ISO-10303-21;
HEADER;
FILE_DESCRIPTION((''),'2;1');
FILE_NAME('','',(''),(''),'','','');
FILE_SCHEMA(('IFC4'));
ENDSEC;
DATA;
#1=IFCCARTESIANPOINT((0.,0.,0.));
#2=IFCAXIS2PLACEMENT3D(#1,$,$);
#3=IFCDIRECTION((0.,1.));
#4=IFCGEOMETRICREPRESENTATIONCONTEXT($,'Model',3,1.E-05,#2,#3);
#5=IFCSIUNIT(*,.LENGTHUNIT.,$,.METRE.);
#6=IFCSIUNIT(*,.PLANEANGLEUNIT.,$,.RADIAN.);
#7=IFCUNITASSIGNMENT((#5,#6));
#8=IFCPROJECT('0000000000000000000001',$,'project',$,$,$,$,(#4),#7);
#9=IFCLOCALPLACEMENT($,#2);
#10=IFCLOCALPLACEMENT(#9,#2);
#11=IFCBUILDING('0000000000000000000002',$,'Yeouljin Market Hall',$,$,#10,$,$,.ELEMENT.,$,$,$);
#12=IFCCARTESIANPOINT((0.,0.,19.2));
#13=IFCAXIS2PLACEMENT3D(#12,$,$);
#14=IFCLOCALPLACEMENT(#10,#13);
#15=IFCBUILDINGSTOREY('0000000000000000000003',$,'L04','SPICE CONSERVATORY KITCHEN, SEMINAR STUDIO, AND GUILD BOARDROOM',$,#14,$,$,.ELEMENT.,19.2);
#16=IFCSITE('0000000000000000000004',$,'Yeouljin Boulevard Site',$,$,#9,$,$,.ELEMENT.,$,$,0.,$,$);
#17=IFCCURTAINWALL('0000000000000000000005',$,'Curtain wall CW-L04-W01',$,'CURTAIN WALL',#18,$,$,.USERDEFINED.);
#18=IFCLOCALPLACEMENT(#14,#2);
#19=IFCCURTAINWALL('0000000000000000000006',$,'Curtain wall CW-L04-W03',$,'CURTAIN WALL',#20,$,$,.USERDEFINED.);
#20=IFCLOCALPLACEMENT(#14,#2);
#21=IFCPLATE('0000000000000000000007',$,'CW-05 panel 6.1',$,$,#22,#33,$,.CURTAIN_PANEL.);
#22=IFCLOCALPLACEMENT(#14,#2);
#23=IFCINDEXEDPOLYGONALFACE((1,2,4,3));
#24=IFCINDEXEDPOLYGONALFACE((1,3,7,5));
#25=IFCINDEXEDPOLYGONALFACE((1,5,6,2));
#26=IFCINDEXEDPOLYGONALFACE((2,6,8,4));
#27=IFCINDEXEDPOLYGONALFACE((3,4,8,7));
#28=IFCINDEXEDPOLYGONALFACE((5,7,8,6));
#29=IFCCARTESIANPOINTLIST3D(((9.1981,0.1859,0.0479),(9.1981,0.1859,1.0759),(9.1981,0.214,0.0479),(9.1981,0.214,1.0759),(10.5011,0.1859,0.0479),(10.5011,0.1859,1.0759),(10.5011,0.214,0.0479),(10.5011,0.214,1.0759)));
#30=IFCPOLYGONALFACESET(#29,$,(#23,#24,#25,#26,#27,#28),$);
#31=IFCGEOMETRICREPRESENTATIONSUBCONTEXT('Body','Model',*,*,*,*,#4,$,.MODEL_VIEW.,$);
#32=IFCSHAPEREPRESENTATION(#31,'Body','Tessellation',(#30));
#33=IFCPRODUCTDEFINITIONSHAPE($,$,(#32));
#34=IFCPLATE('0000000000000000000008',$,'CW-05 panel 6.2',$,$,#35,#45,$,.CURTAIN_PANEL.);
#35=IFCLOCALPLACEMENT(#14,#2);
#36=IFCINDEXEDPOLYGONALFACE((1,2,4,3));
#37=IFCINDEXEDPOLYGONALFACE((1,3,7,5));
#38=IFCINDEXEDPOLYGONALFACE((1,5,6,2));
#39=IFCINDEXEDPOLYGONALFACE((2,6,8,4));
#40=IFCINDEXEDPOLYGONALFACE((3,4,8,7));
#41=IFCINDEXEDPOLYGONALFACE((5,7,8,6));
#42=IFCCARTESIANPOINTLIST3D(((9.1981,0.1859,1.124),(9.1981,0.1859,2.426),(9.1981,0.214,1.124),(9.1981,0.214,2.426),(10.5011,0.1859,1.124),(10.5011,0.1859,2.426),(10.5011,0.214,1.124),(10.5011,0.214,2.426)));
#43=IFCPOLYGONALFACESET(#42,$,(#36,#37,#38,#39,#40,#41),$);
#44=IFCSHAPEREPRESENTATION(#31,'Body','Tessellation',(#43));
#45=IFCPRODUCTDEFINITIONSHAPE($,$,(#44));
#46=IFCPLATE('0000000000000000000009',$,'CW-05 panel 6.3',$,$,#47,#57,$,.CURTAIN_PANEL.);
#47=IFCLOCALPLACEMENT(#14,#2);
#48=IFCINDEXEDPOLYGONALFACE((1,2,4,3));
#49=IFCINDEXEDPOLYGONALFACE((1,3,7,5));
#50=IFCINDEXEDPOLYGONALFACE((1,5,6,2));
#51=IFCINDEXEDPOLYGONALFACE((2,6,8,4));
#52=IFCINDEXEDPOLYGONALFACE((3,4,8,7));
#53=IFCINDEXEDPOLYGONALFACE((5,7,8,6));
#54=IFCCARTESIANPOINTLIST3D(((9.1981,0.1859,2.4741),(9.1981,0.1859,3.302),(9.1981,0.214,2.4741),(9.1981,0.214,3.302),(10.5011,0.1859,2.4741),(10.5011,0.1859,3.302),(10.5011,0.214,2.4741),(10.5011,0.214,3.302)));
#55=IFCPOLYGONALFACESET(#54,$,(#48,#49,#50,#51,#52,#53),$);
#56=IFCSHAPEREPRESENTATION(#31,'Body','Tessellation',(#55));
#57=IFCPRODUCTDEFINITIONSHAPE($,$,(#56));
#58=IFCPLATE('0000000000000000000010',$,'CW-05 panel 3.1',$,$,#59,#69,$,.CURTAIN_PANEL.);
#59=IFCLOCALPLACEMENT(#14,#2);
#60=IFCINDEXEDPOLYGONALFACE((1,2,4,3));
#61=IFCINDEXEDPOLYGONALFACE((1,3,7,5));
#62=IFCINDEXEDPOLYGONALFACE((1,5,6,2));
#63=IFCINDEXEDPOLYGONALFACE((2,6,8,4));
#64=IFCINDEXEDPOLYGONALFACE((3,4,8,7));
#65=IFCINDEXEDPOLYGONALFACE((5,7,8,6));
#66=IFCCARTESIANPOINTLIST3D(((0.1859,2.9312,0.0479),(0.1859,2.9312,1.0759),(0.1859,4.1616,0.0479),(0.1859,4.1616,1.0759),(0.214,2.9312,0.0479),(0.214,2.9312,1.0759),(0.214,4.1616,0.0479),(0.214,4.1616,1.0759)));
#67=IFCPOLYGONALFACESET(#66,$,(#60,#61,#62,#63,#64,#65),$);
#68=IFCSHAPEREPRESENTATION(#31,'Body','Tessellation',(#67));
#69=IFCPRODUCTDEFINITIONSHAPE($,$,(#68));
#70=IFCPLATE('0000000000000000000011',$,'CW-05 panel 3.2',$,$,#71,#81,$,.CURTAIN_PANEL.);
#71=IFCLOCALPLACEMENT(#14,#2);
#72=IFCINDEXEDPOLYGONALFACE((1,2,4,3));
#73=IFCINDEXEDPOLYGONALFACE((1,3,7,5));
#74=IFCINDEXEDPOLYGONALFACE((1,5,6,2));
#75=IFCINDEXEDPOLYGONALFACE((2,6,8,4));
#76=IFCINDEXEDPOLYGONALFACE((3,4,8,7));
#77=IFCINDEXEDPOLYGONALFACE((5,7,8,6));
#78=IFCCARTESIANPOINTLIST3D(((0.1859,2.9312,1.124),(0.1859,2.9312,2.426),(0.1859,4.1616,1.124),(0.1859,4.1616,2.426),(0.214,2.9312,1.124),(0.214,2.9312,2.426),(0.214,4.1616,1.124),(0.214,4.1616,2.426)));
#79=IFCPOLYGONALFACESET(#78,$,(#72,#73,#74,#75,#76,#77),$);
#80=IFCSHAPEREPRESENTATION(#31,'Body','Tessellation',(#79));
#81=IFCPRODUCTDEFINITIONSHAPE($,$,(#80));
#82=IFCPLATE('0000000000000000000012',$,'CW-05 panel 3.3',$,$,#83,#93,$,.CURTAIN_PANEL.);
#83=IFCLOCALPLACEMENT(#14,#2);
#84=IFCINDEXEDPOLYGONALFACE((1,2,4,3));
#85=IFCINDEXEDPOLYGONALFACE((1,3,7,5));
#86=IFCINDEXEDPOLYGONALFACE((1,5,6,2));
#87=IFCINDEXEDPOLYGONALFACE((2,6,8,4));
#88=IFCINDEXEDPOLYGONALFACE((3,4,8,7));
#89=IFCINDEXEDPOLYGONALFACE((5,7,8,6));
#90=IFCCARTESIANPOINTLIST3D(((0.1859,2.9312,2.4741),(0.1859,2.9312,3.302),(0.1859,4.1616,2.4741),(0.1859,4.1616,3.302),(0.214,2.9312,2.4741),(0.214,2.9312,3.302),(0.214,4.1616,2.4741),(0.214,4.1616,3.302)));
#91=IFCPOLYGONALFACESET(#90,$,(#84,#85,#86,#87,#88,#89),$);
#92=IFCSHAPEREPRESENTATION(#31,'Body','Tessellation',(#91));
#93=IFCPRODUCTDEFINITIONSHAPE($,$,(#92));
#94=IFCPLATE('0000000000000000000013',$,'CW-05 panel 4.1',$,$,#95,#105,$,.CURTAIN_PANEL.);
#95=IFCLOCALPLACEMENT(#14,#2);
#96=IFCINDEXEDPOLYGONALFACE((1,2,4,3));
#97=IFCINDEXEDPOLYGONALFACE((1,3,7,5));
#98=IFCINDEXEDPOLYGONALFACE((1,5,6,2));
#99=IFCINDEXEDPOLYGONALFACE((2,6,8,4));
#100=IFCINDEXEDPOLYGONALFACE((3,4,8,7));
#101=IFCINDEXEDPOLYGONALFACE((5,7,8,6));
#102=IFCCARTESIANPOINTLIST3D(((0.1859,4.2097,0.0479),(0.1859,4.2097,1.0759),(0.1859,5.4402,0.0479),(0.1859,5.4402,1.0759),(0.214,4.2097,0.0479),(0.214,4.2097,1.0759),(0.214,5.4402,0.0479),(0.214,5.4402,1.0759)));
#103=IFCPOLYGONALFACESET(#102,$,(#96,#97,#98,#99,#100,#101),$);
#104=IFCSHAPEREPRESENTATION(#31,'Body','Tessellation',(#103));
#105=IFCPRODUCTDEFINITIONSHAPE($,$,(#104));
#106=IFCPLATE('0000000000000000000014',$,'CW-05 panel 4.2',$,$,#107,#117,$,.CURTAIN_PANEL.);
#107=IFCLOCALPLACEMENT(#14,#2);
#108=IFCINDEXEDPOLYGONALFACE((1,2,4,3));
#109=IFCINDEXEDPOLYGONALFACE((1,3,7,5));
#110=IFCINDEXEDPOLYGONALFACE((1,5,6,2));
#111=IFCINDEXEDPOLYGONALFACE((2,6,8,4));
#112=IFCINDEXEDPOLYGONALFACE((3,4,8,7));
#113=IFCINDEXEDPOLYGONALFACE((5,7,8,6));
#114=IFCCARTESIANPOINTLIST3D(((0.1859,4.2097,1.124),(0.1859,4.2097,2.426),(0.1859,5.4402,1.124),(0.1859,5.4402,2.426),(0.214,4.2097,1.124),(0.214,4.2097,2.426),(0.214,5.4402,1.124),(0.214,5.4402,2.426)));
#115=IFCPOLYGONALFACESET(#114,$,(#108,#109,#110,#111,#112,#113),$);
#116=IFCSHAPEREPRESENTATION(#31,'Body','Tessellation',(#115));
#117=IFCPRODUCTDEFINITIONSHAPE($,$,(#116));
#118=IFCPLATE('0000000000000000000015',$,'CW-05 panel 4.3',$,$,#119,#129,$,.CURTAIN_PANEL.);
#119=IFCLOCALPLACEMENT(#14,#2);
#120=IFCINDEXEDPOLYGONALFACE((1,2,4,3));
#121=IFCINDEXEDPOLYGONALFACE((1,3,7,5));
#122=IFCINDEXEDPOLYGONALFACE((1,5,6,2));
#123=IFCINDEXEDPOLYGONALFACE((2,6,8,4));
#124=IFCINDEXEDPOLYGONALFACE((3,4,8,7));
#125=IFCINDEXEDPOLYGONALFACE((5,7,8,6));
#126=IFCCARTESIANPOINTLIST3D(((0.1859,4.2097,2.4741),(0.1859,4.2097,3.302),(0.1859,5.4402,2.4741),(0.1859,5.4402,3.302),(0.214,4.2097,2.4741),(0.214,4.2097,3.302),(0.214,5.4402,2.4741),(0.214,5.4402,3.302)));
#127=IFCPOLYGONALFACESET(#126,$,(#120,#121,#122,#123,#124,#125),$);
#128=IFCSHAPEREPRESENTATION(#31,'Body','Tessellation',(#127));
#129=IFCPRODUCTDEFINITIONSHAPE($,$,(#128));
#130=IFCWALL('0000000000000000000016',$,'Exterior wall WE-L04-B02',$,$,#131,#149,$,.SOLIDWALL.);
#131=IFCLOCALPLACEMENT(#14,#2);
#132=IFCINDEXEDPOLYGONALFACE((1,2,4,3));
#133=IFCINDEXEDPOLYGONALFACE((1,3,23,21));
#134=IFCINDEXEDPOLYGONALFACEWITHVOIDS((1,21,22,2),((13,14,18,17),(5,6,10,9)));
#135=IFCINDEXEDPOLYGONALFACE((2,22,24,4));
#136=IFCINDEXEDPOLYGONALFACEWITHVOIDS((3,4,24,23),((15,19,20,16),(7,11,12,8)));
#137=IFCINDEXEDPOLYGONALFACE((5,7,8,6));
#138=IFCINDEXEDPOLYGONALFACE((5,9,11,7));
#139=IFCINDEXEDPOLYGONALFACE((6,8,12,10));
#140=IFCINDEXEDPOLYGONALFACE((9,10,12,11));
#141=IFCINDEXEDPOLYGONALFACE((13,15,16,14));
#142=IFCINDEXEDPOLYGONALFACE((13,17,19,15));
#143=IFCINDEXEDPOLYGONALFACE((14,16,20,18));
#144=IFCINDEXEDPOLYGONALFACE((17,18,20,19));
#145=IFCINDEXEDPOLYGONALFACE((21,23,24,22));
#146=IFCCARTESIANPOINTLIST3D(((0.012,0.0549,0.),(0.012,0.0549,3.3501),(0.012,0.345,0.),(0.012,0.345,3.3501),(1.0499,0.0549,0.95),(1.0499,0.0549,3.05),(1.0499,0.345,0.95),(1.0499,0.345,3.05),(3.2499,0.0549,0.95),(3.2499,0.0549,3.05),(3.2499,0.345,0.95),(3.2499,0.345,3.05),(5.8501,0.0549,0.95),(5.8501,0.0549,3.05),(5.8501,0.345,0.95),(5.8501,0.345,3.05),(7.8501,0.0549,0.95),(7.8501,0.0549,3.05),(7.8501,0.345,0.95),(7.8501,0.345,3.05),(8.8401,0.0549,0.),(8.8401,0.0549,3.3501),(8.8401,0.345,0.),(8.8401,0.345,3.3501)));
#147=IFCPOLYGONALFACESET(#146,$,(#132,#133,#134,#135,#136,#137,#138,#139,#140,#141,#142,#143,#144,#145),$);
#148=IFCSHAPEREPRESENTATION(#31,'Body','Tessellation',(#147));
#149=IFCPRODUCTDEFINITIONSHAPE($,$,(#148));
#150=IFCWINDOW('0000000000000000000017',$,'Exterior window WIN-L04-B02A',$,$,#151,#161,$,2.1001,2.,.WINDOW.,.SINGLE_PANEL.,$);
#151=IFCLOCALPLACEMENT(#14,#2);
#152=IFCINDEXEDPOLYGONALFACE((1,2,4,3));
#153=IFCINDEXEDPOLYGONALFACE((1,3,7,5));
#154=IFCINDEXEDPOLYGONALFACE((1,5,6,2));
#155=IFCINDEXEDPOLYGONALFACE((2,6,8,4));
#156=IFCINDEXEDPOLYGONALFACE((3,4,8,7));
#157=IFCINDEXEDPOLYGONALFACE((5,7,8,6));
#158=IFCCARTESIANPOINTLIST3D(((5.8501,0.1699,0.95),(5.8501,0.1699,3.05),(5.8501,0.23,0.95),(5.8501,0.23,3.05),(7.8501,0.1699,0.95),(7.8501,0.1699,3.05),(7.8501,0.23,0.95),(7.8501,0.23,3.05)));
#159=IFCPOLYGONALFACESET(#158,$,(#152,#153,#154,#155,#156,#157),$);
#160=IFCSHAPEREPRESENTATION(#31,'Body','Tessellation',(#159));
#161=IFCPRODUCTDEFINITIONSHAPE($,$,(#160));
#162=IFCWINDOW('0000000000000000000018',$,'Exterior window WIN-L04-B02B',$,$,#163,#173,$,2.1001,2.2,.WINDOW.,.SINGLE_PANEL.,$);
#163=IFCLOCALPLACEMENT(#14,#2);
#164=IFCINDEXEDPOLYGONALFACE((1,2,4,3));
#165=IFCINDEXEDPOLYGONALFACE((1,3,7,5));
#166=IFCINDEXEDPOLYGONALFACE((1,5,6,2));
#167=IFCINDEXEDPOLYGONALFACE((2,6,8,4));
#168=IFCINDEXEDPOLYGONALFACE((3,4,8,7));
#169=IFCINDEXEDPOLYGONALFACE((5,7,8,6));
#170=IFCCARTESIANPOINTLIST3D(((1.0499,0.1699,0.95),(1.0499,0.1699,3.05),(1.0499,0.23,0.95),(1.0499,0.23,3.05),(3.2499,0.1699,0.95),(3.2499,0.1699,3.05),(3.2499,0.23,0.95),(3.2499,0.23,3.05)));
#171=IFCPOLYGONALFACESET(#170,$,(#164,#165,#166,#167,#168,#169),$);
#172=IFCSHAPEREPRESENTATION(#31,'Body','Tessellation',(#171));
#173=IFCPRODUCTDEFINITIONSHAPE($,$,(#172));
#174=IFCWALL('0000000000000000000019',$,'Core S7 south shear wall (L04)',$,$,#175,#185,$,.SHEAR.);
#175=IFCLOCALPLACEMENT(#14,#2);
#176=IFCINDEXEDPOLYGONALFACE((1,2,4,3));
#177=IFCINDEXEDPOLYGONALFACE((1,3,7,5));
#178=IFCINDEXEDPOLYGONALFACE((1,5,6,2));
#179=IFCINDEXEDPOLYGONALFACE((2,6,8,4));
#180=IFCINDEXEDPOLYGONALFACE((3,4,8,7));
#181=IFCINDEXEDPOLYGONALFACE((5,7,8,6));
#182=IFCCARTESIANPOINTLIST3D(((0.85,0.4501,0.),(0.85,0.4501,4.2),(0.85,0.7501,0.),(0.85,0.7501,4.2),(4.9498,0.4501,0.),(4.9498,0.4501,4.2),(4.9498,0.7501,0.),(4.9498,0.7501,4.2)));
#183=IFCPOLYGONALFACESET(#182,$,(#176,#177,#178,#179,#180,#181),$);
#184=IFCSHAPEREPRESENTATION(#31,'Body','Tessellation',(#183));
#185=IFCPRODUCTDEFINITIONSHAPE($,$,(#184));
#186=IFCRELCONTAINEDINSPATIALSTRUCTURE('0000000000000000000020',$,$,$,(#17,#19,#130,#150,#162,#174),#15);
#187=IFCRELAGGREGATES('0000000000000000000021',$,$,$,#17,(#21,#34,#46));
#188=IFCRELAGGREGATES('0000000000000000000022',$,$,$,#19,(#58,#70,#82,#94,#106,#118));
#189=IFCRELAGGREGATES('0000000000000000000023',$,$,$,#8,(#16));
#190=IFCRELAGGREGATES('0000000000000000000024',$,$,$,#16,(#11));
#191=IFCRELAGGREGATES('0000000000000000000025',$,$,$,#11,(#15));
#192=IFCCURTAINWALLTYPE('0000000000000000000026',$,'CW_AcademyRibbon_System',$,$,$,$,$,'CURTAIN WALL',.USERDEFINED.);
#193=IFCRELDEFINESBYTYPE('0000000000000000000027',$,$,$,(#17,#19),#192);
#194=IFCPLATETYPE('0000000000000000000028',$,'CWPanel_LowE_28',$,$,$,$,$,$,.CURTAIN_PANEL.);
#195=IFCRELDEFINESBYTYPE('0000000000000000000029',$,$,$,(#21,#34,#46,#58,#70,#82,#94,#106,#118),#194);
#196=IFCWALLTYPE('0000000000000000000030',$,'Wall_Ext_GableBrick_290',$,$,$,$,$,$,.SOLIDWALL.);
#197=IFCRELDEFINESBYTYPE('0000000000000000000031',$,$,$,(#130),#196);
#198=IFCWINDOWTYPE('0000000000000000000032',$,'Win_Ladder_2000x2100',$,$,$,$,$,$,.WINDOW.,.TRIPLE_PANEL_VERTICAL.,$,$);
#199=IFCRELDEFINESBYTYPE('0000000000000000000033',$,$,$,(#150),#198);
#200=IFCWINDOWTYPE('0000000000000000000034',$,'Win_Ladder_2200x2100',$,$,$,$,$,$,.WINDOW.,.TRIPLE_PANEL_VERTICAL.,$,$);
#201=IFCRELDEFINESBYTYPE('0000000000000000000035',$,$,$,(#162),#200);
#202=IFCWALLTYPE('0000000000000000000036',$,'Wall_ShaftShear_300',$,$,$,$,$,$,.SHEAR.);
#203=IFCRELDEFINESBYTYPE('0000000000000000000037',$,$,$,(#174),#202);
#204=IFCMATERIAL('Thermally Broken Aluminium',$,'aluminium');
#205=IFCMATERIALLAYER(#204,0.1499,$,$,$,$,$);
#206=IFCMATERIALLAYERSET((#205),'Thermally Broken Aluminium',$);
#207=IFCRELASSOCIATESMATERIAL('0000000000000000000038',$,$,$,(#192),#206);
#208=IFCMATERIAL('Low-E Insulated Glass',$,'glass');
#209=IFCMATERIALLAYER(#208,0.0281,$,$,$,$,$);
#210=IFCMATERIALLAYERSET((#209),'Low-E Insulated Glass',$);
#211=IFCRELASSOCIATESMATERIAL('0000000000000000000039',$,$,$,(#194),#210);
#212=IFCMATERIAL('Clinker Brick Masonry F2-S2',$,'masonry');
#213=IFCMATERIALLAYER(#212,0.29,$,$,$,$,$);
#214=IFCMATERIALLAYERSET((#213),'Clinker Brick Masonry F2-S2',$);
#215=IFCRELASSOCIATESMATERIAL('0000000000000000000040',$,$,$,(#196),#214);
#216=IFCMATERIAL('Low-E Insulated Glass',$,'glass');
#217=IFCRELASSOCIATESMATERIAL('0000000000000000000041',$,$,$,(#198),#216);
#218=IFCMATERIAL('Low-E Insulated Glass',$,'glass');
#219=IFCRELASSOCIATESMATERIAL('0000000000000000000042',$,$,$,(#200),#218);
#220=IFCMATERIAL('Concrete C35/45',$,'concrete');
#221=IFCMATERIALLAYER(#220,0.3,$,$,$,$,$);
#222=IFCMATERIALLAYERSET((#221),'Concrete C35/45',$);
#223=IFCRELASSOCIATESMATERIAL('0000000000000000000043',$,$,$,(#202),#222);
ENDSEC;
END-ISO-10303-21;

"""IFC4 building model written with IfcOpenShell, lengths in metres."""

from ifc_helpers import new_model, si_unit, direction, frame, frame_2d, origin, origin_2d, place, context, subcontext, project, spatial, rectangle, extrude, material, layer, layer_set, type_object, element, fill, aggregate, save


model = new_model("IFC4")

# Units and contexts
model_context = context("Model", 3, precision=1e-05, world=origin(), true_north=direction((0.0, 1.0)))
body_context = subcontext(model_context, "Body", "Model", "MODEL_VIEW")
ifc_project = project(units=[si_unit("LENGTHUNIT", "METRE"), si_unit("PLANEANGLEUNIT", "RADIAN")], contexts=[model_context])

# Site, building, storey
site_placement = place(None, origin())
site = spatial("IfcSite", under=ifc_project, at=site_placement, Name="Yeouljin Boulevard Site", CompositionType="ELEMENT", RefElevation=0.0)
building_placement = place(site_placement, origin())
building = spatial("IfcBuilding", under=site, at=building_placement, Name="Yeouljin Market Hall", CompositionType="ELEMENT")
storey_placement = place(building_placement, frame((0.0, 0.0, 19.2)))
storey = spatial("IfcBuildingStorey", under=building, at=storey_placement, Name="L04", Description="SPICE CONSERVATORY KITCHEN, SEMINAR STUDIO, AND GUILD BOARDROOM", CompositionType="ELEMENT", Elevation=19.2)

# Curtain walls
ifc_material_1 = material(Name="Thermally Broken Aluminium", Category="aluminium")
ifc_layer_1 = layer(ifc_material_1, 0.1499)
ifc_layer_set_1 = layer_set([ifc_layer_1], Name="Thermally Broken Aluminium")
curtain_wall_type = type_object("IfcCurtainWallType", Name="CW_AcademyRibbon_System", ElementType="CURTAIN WALL", PredefinedType="USERDEFINED", material=ifc_layer_set_1)
curtain_wall_1_placement = place(storey_placement, origin())
curtain_wall_1 = element("IfcCurtainWall", 1, at=curtain_wall_1_placement, inside=storey, type_object=curtain_wall_type, Name="Curtain wall CW-L04-W01", ObjectType="CURTAIN WALL", PredefinedType="USERDEFINED")
curtain_wall_2_placement = place(storey_placement, origin())
curtain_wall_2 = element("IfcCurtainWall", 2, at=curtain_wall_2_placement, inside=storey, type_object=curtain_wall_type, Name="Curtain wall CW-L04-W03", ObjectType="CURTAIN WALL", PredefinedType="USERDEFINED")

# Plates
ifc_material_2 = material(Name="Low-E Insulated Glass", Category="glass")
ifc_layer_2 = layer(ifc_material_2, 0.0281)
ifc_layer_set_2 = layer_set([ifc_layer_2], Name="Low-E Insulated Glass")
plate_type = type_object("IfcPlateType", Name="CWPanel_LowE_28", PredefinedType="CURTAIN_PANEL", material=ifc_layer_set_2)
plate_1_placement = place(storey_placement, frame((9.8496, 0.2, 0.0479), z_axis=(0.0, 0.0, 1.0), x_axis=(-1.0, 0.0, 0.0)))
plate_1 = element("IfcPlate", 3, at=plate_1_placement, type_object=plate_type, Name="CW-05 panel 6.1", PredefinedType="CURTAIN_PANEL", context=body_context, shape_type="SweptSolid", body=[
    extrude(rectangle(XDim=1.303, YDim=0.0281, at=origin_2d()), origin(), (0.0, 0.0, 1.0), 1.0281),
])
plate_2_placement = place(storey_placement, frame((9.8496, 0.2, 1.124), z_axis=(0.0, 0.0, 1.0), x_axis=(-1.0, 0.0, 0.0)))
plate_2 = element("IfcPlate", 4, at=plate_2_placement, type_object=plate_type, Name="CW-05 panel 6.2", PredefinedType="CURTAIN_PANEL", context=body_context, shape_type="SweptSolid", body=[
    extrude(rectangle(XDim=1.303, YDim=0.0281, at=origin_2d()), origin(), (0.0, 0.0, 1.0), 1.302),
])
plate_3_placement = place(storey_placement, frame((9.8496, 0.2, 2.4741), z_axis=(0.0, 0.0, 1.0), x_axis=(-1.0, 0.0, 0.0)))
plate_3 = element("IfcPlate", 5, at=plate_3_placement, type_object=plate_type, Name="CW-05 panel 6.3", PredefinedType="CURTAIN_PANEL", context=body_context, shape_type="SweptSolid", body=[
    extrude(rectangle(XDim=1.303, YDim=0.0281, at=origin_2d()), origin(), (0.0, 0.0, 1.0), 0.8279),
])
aggregate(curtain_wall_1, [plate_1, plate_2, plate_3])
plate_4_placement = place(storey_placement, frame((0.2, 3.5464, 0.0479), z_axis=(0.0, 0.0, 1.0), x_axis=(0.0, 1.0, 0.0)))
plate_4 = element("IfcPlate", 6, at=plate_4_placement, type_object=plate_type, Name="CW-05 panel 3.1", PredefinedType="CURTAIN_PANEL", context=body_context, shape_type="SweptSolid", body=[
    extrude(rectangle(XDim=1.2305, YDim=0.0281, at=origin_2d()), origin(), (0.0, 0.0, 1.0), 1.0281),
])
plate_5_placement = place(storey_placement, frame((0.2, 3.5464, 1.124), z_axis=(0.0, 0.0, 1.0), x_axis=(0.0, 1.0, 0.0)))
plate_5 = element("IfcPlate", 7, at=plate_5_placement, type_object=plate_type, Name="CW-05 panel 3.2", PredefinedType="CURTAIN_PANEL", context=body_context, shape_type="SweptSolid", body=[
    extrude(rectangle(XDim=1.2305, YDim=0.0281, at=origin_2d()), origin(), (0.0, 0.0, 1.0), 1.302),
])
plate_6_placement = place(storey_placement, frame((0.2, 3.5464, 2.4741), z_axis=(0.0, 0.0, 1.0), x_axis=(0.0, 1.0, 0.0)))
plate_6 = element("IfcPlate", 8, at=plate_6_placement, type_object=plate_type, Name="CW-05 panel 3.3", PredefinedType="CURTAIN_PANEL", context=body_context, shape_type="SweptSolid", body=[
    extrude(rectangle(XDim=1.2305, YDim=0.0281, at=origin_2d()), origin(), (0.0, 0.0, 1.0), 0.8279),
])
plate_7_placement = place(storey_placement, frame((0.2, 4.825, 0.0479), z_axis=(0.0, 0.0, 1.0), x_axis=(0.0, 1.0, 0.0)))
plate_7 = element("IfcPlate", 9, at=plate_7_placement, type_object=plate_type, Name="CW-05 panel 4.1", PredefinedType="CURTAIN_PANEL", context=body_context, shape_type="SweptSolid", body=[
    extrude(rectangle(XDim=1.2305, YDim=0.0281, at=origin_2d()), origin(), (0.0, 0.0, 1.0), 1.0281),
])
plate_8_placement = place(storey_placement, frame((0.2, 4.825, 1.124), z_axis=(0.0, 0.0, 1.0), x_axis=(0.0, 1.0, 0.0)))
plate_8 = element("IfcPlate", 10, at=plate_8_placement, type_object=plate_type, Name="CW-05 panel 4.2", PredefinedType="CURTAIN_PANEL", context=body_context, shape_type="SweptSolid", body=[
    extrude(rectangle(XDim=1.2305, YDim=0.0281, at=origin_2d()), origin(), (0.0, 0.0, 1.0), 1.302),
])
plate_9_placement = place(storey_placement, frame((0.2, 4.825, 2.4741), z_axis=(0.0, 0.0, 1.0), x_axis=(0.0, 1.0, 0.0)))
plate_9 = element("IfcPlate", 11, at=plate_9_placement, type_object=plate_type, Name="CW-05 panel 4.3", PredefinedType="CURTAIN_PANEL", context=body_context, shape_type="SweptSolid", body=[
    extrude(rectangle(XDim=1.2305, YDim=0.0281, at=origin_2d()), origin(), (0.0, 0.0, 1.0), 0.8279),
])
aggregate(curtain_wall_2, [plate_4, plate_5, plate_6, plate_7, plate_8, plate_9])

# Wall, openings, windows
ifc_material_3 = material(Name="Clinker Brick Masonry F2-S2", Category="masonry")
ifc_layer_3 = layer(ifc_material_3, 0.29)
ifc_layer_set_3 = layer_set([ifc_layer_3], Name="Clinker Brick Masonry F2-S2")
wall_type_1 = type_object("IfcWallType", Name="Wall_Ext_GableBrick_290", PredefinedType="SOLIDWALL", material=ifc_layer_set_3)
wall_1_placement = place(storey_placement, frame((8.8401, 0.2, 0.0), z_axis=(0.0, 0.0, 1.0), x_axis=(-1.0, 0.0, 0.0)))
wall_1 = element("IfcWall", 12, at=wall_1_placement, inside=storey, type_object=wall_type_1, Name="Exterior wall WE-L04-B02", PredefinedType="SOLIDWALL", context=body_context, shape_type="SweptSolid", body=[
    extrude(rectangle(XDim=8.8281, YDim=0.29, at=frame_2d((4.4141, 0.0))), origin(), (0.0, 0.0, 1.0), 3.3501),
])
opening_1_placement = place(wall_1_placement, frame((0.99, 0.0, 0.95)))
opening_1 = element("IfcOpeningElement", 13, at=opening_1_placement, cuts=wall_1, PredefinedType="OPENING", context=body_context, shape_type="SweptSolid", body=[
    extrude(rectangle(XDim=2.0, YDim=2.1001, at=frame_2d((1.0, 1.05))), frame((0.0, 0.155, 0.0), z_axis=(0.0, -1.0, 0.0), x_axis=(1.0, 0.0, 0.0)), (0.0, 0.0, 1.0), 0.3101),
])
opening_2_placement = place(wall_1_placement, frame((5.5901, 0.0, 0.95)))
opening_2 = element("IfcOpeningElement", 14, at=opening_2_placement, cuts=wall_1, PredefinedType="OPENING", context=body_context, shape_type="SweptSolid", body=[
    extrude(rectangle(XDim=2.2, YDim=2.1001, at=frame_2d((1.1001, 1.05))), frame((0.0, 0.155, 0.0), z_axis=(0.0, -1.0, 0.0), x_axis=(1.0, 0.0, 0.0)), (0.0, 0.0, 1.0), 0.3101),
])
ifc_material_4 = material(Name="Low-E Insulated Glass", Category="glass")
window_type_1 = type_object("IfcWindowType", Name="Win_Ladder_2000x2100", PartitioningType="TRIPLE_PANEL_VERTICAL", PredefinedType="WINDOW", material=ifc_material_4)
window_1_placement = place(opening_1_placement, origin())
window_1 = element("IfcWindow", 15, at=window_1_placement, inside=storey, type_object=window_type_1, Name="Exterior window WIN-L04-B02A", OverallHeight=2.1001, OverallWidth=2.0, PartitioningType="SINGLE_PANEL", PredefinedType="WINDOW", context=body_context, shape_type="SweptSolid", body=[
    extrude(rectangle(XDim=2.0, YDim=2.1001, at=frame_2d((1.0, 1.05))), frame((0.0, 0.03, 0.0), z_axis=(0.0, -1.0, 0.0), x_axis=(1.0, 0.0, 0.0)), (0.0, 0.0, 1.0), 0.0601),
])
fill(opening_1, window_1)
ifc_material_5 = material(Name="Low-E Insulated Glass", Category="glass")
window_type_2 = type_object("IfcWindowType", Name="Win_Ladder_2200x2100", PartitioningType="TRIPLE_PANEL_VERTICAL", PredefinedType="WINDOW", material=ifc_material_5)
window_2_placement = place(opening_2_placement, origin())
window_2 = element("IfcWindow", 16, at=window_2_placement, inside=storey, type_object=window_type_2, Name="Exterior window WIN-L04-B02B", OverallHeight=2.1001, OverallWidth=2.2, PartitioningType="SINGLE_PANEL", PredefinedType="WINDOW", context=body_context, shape_type="SweptSolid", body=[
    extrude(rectangle(XDim=2.2, YDim=2.1001, at=frame_2d((1.1001, 1.05))), frame((0.0, 0.03, 0.0), z_axis=(0.0, -1.0, 0.0), x_axis=(1.0, 0.0, 0.0)), (0.0, 0.0, 1.0), 0.0601),
])
fill(opening_2, window_2)

# Wall
ifc_material_6 = material(Name="Concrete C35/45", Category="concrete")
ifc_layer_4 = layer(ifc_material_6, 0.3)
ifc_layer_set_4 = layer_set([ifc_layer_4], Name="Concrete C35/45")
wall_type_2 = type_object("IfcWallType", Name="Wall_ShaftShear_300", PredefinedType="SHEAR", material=ifc_layer_set_4)
wall_2_placement = place(storey_placement, frame((0.8501, 0.6001, 0.0), z_axis=(0.0, 0.0, 1.0), x_axis=(1.0, 0.0, 0.0)))
element("IfcWall", 17, at=wall_2_placement, inside=storey, type_object=wall_type_2, Name="Core S7 south shear wall (L04)", PredefinedType="SHEAR", context=body_context, shape_type="SweptSolid", body=[
    extrude(rectangle(XDim=4.0999, YDim=0.3, at=frame_2d((2.0498, 0.0))), origin(), (0.0, 0.0, 1.0), 4.2),
])

save(model, "model.ifc")
